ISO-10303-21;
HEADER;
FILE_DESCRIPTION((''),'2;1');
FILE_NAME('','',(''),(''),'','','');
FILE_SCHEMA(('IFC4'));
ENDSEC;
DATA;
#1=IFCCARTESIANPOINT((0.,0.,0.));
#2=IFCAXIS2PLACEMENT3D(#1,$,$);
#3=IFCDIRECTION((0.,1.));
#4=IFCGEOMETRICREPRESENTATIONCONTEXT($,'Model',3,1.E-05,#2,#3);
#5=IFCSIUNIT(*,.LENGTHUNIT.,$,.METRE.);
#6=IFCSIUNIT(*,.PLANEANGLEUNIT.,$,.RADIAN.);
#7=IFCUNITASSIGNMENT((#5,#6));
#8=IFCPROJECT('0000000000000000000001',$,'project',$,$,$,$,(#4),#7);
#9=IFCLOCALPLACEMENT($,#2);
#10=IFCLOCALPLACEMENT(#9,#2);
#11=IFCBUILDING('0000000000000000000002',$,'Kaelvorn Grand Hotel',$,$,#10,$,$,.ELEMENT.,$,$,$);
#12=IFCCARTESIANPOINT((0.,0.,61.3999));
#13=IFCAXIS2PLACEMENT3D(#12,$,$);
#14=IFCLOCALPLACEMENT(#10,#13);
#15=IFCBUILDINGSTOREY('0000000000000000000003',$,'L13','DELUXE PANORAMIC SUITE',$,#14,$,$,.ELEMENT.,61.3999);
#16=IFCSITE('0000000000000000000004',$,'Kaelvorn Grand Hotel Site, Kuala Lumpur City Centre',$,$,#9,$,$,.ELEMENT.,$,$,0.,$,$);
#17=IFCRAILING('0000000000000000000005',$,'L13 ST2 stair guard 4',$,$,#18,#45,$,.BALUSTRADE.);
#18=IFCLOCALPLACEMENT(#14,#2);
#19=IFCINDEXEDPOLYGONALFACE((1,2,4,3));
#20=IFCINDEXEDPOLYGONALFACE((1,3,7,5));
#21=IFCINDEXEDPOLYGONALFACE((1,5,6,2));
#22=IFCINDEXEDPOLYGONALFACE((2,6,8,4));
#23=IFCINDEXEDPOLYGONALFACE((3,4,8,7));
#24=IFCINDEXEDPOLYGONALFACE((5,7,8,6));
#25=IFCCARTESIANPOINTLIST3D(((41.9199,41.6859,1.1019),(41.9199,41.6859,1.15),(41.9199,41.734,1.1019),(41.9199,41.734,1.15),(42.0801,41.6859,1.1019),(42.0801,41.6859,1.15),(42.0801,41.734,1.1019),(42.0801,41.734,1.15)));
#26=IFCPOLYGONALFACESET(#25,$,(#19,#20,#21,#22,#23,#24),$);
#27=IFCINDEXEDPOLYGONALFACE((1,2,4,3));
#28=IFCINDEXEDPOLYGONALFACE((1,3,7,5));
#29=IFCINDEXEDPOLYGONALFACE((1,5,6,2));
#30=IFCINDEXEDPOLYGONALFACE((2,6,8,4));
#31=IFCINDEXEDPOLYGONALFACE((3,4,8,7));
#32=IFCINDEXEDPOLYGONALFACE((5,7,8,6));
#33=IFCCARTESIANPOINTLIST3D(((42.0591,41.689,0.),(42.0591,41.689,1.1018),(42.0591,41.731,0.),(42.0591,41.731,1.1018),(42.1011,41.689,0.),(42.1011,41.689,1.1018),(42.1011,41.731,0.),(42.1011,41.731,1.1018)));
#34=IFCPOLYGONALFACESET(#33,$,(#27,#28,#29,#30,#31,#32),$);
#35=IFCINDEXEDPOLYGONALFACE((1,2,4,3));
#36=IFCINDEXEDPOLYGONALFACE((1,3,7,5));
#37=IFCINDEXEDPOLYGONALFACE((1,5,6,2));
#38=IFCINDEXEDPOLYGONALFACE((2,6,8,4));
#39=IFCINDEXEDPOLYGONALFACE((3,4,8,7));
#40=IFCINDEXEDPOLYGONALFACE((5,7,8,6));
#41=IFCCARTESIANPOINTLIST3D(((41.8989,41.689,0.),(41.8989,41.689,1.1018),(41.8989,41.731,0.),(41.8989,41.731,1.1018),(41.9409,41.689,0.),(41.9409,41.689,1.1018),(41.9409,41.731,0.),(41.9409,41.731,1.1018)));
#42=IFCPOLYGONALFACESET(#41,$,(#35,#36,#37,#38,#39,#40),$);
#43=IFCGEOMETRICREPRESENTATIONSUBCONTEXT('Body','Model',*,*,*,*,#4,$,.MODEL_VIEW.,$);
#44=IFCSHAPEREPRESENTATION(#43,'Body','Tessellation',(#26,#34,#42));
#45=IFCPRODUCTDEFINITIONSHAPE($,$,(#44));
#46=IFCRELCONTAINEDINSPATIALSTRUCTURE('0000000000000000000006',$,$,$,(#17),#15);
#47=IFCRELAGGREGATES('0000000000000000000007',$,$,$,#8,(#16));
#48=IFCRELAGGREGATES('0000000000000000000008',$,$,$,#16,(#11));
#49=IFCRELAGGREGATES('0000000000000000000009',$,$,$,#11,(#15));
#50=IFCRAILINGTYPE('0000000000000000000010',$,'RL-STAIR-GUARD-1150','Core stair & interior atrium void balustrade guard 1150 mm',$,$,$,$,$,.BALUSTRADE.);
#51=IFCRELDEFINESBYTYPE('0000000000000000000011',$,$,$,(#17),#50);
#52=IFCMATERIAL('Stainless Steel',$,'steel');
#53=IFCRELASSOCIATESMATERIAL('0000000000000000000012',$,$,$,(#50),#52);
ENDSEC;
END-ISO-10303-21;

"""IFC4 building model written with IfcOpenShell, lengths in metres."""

from ifc_helpers import new_model, si_unit, direction, frame, origin, origin_2d, place, context, subcontext, project, spatial, rectangle, extrude, material, type_object, element, save


model = new_model("IFC4")

# Units and contexts
model_context = context("Model", 3, precision=1e-05, world=origin(), true_north=direction((0.0, 1.0)))
body_context = subcontext(model_context, "Body", "Model", "MODEL_VIEW")
ifc_project = project(units=[si_unit("LENGTHUNIT", "METRE"), si_unit("PLANEANGLEUNIT", "RADIAN")], contexts=[model_context])

# Site, building, storey
site_placement = place(None, origin())
site = spatial("IfcSite", under=ifc_project, at=site_placement, Name="Kaelvorn Grand Hotel Site, Kuala Lumpur City Centre", CompositionType="ELEMENT", RefElevation=0.0)
building_placement = place(site_placement, origin())
building = spatial("IfcBuilding", under=site, at=building_placement, Name="Kaelvorn Grand Hotel", CompositionType="ELEMENT")
storey_placement = place(building_placement, frame((0.0, 0.0, 61.3999)))
storey = spatial("IfcBuildingStorey", under=building, at=storey_placement, Name="L13", Description="DELUXE PANORAMIC SUITE", CompositionType="ELEMENT", Elevation=61.3999)

# Shared definitions
ifc_material_1 = material(Name="Stainless Steel", Category="steel")

# Railing
railing_type_1 = type_object("IfcRailingType", Name="RL-STAIR-GUARD-1150", Description="Core stair & interior atrium void balustrade guard 1150 mm", PredefinedType="BALUSTRADE", material=ifc_material_1)
railing_1_placement = place(storey_placement, frame((42.0801, 41.71, 0.0)))
element("IfcRailing", 1, at=railing_1_placement, inside=storey, type_object=railing_type_1, Name="L13 ST2 stair guard 4", PredefinedType="BALUSTRADE", context=body_context, shape_type="SweptSolid", body=[
    extrude(rectangle(XDim=0.0481, YDim=0.0481, at=origin_2d()), frame((0.0, 0.0, 1.126), z_axis=(-1.0, 0.0, 0.0), x_axis=(0.0, -1.0, 0.0)), (0.0, 0.0, 1.0), 0.1602),
    extrude(rectangle(XDim=0.042, YDim=0.042, at=origin_2d()), origin(), (0.0, 0.0, 1.0), 1.1018),
    extrude(rectangle(XDim=0.042, YDim=0.042, at=origin_2d()), frame((-0.1602, 0.0, 0.0)), (0.0, 0.0, 1.0), 1.1018),
])

save(model, "model.ifc")
